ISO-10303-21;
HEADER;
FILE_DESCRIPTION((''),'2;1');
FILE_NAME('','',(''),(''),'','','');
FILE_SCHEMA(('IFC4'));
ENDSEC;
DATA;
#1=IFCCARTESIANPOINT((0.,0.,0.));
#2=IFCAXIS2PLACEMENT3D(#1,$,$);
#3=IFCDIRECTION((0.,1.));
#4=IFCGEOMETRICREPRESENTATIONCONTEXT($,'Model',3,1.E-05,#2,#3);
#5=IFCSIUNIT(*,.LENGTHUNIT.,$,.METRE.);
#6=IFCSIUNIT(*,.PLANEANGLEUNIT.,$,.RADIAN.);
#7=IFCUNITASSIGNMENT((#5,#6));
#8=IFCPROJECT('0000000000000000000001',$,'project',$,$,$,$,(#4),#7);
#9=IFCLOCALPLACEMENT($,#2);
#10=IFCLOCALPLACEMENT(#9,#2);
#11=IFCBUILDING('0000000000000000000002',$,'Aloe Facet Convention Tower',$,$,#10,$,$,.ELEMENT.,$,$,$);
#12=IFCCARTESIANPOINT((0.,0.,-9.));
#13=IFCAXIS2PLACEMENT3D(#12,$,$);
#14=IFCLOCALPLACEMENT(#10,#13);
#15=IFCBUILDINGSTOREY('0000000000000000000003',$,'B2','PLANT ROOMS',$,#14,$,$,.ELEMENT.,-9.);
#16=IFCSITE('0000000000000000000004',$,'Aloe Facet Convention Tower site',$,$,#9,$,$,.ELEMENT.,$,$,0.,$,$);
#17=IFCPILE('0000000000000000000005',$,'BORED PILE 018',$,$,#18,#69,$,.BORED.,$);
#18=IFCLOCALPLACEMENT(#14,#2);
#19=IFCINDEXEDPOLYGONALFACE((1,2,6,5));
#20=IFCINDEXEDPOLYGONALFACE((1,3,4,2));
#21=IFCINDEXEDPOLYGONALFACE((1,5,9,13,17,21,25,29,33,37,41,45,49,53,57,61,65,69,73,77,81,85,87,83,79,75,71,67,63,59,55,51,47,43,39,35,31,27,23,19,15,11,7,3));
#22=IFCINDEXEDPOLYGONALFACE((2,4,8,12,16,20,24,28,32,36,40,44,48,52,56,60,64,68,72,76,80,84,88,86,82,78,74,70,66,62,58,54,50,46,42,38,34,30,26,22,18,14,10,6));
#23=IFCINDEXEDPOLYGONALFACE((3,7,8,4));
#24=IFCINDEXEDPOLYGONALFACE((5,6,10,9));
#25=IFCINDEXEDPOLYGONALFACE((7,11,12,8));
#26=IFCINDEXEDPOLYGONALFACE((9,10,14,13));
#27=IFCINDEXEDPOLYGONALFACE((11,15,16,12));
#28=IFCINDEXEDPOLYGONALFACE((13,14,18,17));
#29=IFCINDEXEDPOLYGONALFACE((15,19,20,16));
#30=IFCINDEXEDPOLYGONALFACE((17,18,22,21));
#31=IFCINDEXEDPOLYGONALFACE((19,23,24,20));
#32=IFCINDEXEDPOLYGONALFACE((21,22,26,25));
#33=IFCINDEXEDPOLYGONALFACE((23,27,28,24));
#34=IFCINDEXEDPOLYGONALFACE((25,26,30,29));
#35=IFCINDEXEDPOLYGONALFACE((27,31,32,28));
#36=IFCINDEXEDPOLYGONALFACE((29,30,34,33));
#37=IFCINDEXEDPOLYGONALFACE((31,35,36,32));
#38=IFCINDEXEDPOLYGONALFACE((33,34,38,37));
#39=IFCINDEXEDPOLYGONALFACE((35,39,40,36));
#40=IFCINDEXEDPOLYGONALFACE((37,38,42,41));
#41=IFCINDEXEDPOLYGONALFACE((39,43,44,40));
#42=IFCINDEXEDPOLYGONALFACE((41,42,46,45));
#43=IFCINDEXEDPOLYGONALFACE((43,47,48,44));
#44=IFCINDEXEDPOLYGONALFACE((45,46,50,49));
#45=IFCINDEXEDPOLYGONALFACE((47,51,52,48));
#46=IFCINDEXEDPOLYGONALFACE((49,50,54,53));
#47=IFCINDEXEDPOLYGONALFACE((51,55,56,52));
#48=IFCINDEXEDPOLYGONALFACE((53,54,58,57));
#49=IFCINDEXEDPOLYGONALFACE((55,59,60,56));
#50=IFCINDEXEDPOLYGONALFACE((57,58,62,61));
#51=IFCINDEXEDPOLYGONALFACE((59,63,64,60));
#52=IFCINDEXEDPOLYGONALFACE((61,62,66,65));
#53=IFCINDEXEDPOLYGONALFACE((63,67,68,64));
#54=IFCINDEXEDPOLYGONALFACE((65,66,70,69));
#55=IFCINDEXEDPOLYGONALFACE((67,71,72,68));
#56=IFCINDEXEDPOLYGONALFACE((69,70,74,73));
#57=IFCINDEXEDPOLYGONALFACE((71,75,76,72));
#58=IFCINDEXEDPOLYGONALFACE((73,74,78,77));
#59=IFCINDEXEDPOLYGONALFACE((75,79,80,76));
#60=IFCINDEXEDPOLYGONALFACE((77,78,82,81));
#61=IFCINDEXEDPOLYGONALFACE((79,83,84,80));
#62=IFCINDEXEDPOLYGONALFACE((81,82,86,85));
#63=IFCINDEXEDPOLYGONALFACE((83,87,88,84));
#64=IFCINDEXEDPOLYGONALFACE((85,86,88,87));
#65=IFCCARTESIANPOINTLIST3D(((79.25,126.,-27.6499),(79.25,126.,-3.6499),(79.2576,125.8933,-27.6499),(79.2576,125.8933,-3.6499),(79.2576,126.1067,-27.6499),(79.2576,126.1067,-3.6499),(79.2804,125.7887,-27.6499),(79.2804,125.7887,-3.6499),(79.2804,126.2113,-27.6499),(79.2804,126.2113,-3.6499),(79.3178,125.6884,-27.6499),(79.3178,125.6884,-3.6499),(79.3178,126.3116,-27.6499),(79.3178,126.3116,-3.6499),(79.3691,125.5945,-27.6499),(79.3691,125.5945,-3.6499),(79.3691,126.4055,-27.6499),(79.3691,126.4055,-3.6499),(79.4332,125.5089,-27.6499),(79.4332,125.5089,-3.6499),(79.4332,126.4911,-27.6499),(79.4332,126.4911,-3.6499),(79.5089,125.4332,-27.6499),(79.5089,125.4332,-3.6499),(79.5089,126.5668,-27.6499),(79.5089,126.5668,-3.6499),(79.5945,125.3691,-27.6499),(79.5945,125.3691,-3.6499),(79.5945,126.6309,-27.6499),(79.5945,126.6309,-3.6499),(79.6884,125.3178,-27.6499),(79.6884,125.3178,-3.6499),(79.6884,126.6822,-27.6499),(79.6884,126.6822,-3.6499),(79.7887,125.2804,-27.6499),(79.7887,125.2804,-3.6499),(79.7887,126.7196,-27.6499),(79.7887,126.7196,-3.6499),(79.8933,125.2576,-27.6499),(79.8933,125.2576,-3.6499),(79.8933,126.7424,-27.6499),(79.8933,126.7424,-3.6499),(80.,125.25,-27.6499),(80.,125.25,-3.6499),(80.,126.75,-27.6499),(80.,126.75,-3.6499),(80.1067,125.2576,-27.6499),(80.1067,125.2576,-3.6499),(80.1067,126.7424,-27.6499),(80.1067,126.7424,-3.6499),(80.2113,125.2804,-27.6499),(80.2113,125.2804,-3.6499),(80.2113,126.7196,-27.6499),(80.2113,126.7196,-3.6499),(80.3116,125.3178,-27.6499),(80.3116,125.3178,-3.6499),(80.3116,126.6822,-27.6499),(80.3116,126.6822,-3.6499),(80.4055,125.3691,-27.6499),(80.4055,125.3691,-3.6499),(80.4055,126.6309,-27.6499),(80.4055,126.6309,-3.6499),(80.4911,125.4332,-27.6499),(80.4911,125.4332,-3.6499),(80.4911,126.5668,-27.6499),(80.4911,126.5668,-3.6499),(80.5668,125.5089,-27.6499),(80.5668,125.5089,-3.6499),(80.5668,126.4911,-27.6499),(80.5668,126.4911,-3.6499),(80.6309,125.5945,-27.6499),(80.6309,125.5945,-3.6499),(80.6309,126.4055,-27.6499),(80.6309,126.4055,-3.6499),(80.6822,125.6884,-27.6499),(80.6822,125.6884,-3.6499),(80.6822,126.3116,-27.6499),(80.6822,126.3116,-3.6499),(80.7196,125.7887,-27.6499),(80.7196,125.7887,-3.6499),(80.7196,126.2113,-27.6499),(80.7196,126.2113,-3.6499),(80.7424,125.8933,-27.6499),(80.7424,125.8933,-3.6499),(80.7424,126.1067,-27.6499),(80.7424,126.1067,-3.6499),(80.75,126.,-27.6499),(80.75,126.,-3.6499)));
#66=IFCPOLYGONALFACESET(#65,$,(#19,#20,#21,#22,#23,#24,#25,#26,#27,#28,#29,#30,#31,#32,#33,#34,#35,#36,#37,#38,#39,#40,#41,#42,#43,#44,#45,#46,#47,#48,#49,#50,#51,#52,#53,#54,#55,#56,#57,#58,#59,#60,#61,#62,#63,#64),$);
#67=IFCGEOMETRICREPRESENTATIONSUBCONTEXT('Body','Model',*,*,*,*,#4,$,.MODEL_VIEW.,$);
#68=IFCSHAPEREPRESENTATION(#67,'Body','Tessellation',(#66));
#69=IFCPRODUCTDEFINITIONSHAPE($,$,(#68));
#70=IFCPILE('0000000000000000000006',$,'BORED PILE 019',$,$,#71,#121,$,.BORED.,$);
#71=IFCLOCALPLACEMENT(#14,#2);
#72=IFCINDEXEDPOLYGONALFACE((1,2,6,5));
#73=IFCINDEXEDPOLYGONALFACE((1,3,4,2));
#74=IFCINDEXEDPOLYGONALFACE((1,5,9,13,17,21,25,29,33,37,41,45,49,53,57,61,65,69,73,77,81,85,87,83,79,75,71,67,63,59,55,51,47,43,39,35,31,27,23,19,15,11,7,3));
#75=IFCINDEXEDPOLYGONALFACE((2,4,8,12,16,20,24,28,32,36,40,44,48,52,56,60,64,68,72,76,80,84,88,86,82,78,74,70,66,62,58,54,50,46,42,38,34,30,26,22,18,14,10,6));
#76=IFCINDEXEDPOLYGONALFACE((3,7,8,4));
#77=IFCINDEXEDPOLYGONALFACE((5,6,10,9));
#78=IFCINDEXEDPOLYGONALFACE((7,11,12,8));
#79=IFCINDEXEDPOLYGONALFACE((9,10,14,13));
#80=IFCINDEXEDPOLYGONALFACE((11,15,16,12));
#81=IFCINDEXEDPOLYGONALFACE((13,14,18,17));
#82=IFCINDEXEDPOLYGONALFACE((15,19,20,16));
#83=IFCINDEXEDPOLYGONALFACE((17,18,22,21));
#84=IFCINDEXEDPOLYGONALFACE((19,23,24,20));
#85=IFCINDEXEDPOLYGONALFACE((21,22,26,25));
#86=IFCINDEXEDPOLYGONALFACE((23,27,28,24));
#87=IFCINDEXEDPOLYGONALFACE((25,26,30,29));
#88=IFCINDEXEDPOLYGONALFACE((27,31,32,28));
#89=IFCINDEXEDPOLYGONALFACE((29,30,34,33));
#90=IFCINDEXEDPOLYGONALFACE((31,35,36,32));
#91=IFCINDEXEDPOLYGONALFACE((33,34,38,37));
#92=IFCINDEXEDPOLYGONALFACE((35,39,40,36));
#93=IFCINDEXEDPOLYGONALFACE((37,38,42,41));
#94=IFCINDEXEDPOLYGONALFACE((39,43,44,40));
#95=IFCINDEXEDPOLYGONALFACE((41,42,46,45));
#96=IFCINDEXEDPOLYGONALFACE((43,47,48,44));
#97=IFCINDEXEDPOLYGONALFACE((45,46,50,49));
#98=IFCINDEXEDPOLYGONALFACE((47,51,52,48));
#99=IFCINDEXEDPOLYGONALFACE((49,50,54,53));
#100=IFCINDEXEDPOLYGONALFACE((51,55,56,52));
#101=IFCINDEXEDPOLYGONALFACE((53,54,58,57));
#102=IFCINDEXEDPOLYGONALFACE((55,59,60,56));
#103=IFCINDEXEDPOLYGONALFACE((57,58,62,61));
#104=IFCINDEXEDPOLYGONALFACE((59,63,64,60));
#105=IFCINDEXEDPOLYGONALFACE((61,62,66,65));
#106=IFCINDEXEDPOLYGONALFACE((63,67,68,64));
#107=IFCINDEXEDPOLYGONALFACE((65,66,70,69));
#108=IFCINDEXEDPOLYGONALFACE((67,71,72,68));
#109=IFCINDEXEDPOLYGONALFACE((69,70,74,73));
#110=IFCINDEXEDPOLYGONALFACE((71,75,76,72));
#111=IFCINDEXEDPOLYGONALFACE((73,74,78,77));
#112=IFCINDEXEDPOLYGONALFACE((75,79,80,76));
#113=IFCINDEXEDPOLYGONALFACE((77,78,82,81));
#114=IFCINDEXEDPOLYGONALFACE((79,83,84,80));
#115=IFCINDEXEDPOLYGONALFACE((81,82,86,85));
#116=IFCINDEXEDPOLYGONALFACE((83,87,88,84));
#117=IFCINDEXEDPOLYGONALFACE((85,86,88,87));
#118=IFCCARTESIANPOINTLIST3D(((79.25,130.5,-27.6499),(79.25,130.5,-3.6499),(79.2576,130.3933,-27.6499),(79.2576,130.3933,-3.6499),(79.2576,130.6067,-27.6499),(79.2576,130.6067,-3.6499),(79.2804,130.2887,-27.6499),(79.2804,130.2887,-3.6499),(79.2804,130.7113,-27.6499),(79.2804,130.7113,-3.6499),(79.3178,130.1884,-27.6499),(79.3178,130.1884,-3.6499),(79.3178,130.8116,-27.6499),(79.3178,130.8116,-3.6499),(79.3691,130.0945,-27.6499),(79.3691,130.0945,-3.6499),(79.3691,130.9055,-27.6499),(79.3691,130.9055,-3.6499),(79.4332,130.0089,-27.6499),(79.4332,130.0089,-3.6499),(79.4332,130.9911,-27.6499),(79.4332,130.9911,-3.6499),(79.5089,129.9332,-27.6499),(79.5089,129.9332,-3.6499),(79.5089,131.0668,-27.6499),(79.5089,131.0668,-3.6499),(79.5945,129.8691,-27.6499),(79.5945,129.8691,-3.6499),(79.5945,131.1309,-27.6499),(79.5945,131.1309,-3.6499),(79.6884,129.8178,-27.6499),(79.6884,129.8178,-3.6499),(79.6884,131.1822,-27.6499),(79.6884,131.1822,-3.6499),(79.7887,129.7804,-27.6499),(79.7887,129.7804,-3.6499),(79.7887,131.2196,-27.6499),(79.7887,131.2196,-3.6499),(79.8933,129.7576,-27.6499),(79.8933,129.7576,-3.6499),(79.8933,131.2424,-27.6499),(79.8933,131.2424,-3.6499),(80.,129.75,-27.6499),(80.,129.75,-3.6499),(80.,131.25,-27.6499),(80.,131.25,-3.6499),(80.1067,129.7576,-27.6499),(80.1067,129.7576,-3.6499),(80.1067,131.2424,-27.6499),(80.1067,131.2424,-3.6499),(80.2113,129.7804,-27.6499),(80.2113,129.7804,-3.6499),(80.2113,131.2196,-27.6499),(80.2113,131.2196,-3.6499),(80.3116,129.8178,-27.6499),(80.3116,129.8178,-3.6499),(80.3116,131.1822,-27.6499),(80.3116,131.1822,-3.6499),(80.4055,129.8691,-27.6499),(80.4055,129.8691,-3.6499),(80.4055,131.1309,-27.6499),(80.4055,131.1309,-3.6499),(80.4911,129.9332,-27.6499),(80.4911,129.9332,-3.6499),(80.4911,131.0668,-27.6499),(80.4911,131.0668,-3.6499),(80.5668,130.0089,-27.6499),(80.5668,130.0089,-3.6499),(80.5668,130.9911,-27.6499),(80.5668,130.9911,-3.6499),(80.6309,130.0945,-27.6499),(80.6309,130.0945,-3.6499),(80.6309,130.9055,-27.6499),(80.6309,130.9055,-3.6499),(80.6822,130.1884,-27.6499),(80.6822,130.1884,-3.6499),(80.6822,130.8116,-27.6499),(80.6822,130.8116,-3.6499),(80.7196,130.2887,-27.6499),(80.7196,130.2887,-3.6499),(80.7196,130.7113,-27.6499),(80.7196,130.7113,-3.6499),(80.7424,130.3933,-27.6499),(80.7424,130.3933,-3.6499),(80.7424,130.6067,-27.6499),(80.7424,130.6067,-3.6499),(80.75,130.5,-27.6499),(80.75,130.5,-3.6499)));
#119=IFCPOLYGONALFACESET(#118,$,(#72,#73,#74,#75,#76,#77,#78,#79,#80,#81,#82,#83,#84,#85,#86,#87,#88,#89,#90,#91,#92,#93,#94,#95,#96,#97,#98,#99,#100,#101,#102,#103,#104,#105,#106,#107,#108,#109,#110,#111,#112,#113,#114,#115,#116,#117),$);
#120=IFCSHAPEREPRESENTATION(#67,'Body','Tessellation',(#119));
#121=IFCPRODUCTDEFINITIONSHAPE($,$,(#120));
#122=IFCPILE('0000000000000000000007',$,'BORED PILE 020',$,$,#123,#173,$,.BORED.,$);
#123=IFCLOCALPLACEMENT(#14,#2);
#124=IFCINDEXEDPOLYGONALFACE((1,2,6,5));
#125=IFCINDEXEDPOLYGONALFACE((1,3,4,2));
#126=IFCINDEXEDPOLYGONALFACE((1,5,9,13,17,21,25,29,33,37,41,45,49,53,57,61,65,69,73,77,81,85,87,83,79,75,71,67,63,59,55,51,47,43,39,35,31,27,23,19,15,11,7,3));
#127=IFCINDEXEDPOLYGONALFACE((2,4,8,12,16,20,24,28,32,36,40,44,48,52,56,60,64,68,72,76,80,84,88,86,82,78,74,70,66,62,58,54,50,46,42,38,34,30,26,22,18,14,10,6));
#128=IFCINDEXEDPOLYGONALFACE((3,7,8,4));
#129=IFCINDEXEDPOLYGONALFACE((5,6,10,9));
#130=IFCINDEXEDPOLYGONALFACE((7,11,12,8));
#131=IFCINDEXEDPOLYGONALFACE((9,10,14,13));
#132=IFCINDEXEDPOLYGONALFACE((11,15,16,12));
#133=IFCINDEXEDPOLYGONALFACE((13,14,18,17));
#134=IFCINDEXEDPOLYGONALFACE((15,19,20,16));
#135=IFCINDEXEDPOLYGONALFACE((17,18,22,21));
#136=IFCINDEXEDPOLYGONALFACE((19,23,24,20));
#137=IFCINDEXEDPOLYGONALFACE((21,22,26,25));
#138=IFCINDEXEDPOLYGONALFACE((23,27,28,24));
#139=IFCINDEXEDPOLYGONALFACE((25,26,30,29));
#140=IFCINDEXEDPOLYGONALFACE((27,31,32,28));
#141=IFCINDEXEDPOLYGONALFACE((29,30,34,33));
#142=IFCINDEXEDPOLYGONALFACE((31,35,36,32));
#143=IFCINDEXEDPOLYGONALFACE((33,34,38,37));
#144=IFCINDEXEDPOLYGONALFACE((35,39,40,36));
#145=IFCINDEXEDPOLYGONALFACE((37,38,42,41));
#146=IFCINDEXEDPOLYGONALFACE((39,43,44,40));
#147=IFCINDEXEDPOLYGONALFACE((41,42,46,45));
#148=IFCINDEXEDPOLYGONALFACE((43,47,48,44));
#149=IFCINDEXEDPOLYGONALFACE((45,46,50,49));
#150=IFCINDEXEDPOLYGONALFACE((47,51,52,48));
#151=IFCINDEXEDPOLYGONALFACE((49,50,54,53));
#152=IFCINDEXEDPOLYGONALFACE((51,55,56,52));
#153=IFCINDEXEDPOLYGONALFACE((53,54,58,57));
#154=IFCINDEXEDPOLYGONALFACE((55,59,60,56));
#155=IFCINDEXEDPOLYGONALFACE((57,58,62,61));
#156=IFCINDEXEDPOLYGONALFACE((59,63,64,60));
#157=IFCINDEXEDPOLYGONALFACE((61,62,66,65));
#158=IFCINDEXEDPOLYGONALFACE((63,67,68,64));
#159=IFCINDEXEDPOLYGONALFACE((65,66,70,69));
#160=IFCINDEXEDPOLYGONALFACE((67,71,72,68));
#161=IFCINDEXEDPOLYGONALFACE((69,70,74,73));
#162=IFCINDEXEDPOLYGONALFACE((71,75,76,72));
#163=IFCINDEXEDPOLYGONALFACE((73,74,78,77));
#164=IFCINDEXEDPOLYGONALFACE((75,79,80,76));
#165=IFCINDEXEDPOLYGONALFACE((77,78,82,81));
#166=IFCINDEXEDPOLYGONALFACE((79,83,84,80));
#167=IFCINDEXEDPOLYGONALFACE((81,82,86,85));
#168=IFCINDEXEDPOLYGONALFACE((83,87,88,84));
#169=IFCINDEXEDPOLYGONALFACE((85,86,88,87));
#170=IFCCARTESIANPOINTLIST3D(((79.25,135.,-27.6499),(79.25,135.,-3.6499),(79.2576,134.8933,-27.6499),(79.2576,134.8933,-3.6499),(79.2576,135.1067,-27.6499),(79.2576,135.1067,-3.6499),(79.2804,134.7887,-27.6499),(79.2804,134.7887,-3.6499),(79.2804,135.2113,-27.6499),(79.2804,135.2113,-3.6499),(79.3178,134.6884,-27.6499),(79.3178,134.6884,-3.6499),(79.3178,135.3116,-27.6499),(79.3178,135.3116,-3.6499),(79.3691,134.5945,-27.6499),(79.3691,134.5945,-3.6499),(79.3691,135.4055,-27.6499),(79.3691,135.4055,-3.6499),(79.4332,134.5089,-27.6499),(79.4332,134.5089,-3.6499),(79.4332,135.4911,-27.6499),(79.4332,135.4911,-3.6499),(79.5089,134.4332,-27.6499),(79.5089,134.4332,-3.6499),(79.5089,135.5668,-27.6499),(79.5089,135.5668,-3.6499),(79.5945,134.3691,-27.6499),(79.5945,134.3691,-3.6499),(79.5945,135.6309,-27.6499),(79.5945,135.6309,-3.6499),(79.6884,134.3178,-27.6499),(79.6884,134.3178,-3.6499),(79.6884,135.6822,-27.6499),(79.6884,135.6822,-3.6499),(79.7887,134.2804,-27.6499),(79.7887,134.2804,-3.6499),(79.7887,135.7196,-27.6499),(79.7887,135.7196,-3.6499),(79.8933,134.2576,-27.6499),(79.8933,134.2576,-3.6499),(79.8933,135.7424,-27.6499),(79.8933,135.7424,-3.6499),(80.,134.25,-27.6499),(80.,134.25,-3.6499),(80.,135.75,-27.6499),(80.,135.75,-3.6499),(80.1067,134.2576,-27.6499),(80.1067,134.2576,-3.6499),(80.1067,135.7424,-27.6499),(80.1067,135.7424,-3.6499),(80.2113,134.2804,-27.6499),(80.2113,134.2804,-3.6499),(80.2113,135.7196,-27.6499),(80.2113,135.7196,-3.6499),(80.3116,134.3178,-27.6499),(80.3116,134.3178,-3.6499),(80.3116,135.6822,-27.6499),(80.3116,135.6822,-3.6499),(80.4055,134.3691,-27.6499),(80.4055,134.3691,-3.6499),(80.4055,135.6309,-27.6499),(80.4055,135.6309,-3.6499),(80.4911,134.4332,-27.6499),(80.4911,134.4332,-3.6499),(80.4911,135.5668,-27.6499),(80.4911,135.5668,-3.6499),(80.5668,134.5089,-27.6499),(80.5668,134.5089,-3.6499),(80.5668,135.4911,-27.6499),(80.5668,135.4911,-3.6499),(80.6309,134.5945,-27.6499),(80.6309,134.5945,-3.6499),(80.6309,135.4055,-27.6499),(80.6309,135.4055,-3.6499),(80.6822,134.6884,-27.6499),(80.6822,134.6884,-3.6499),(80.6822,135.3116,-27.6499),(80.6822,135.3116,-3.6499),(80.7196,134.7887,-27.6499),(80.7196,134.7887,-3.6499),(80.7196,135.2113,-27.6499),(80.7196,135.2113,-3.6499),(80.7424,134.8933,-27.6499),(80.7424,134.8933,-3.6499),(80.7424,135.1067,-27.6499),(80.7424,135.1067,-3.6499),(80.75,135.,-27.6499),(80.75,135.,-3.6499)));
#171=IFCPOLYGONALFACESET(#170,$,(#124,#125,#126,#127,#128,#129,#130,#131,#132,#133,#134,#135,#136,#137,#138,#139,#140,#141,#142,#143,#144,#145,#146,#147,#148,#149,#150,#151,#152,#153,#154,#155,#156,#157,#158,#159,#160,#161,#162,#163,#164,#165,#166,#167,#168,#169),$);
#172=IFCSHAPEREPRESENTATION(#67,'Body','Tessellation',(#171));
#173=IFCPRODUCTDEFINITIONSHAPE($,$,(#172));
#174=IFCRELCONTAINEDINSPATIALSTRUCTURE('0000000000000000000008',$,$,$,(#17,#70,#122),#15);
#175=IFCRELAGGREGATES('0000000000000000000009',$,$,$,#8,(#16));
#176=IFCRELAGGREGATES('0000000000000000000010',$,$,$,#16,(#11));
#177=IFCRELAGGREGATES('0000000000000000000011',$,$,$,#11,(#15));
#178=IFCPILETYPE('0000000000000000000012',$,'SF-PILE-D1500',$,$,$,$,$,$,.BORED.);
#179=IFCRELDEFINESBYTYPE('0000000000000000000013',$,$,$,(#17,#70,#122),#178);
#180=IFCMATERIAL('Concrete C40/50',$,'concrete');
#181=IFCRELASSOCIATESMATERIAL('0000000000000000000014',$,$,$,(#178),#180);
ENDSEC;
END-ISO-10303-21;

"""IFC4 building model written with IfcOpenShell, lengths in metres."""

from ifc_helpers import new_model, si_unit, direction, frame, origin, origin_2d, place, context, subcontext, project, spatial, circle, extrude, material, material_profile, profile_set, type_object, element, save


model = new_model("IFC4")

# Units and contexts
model_context = context("Model", 3, precision=1e-05, world=origin(), true_north=direction((0.0, 1.0)))
body_context = subcontext(model_context, "Body", "Model", "MODEL_VIEW")
ifc_project = project(units=[si_unit("LENGTHUNIT", "METRE"), si_unit("PLANEANGLEUNIT", "RADIAN")], contexts=[model_context])

# Site, building, storey
site_placement = place(None, origin())
site = spatial("IfcSite", under=ifc_project, at=site_placement, Name="Aloe Facet Convention Tower site", CompositionType="ELEMENT", RefElevation=0.0)
building_placement = place(site_placement, origin())
building = spatial("IfcBuilding", under=site, at=building_placement, Name="Aloe Facet Convention Tower", CompositionType="ELEMENT")
storey_placement = place(building_placement, frame((0.0, 0.0, -9.0)))
storey = spatial("IfcBuildingStorey", under=building, at=storey_placement, Name="B2", Description="PLANT ROOMS", CompositionType="ELEMENT", Elevation=-9.0)

# Piles
ifc_material_1 = material(Name="Concrete C40/50", Category="concrete")
ifc_material_profile_1 = material_profile(ifc_material_1, circle(Radius=0.75, at=origin_2d()), Name="D1500")
ifc_profile_set_1 = profile_set([ifc_material_profile_1], Name="Concrete C40/50")
pile_type = type_object("IfcPileType", Name="SF-PILE-D1500", PredefinedType="BORED", material=ifc_profile_set_1)
for number, where, z_axis, x_axis, name in (
    (1, (80.0, 126.0, -3.6499), (0.0, 0.0, -1.0), (1.0, 0.0, 0.0), "BORED PILE 018"),
    (2, (80.0, 130.5, -3.6499), (0.0, 0.0, -1.0), (1.0, 0.0, 0.0), "BORED PILE 019"),
    (3, (80.0, 135.0, -3.6499), (0.0, 0.0, -1.0), (1.0, 0.0, 0.0), "BORED PILE 020"),
):
    element("IfcPile", number, at=place(storey_placement, frame(where, z_axis=z_axis, x_axis=x_axis)), inside=storey, type_object=pile_type, Name=name, PredefinedType="BORED", context=body_context, shape_type="SweptSolid", body=[
        extrude(circle(Radius=0.75, at=origin_2d()), origin(), (0.0, 0.0, 1.0), 24.0),
    ])

save(model, "model.ifc")
